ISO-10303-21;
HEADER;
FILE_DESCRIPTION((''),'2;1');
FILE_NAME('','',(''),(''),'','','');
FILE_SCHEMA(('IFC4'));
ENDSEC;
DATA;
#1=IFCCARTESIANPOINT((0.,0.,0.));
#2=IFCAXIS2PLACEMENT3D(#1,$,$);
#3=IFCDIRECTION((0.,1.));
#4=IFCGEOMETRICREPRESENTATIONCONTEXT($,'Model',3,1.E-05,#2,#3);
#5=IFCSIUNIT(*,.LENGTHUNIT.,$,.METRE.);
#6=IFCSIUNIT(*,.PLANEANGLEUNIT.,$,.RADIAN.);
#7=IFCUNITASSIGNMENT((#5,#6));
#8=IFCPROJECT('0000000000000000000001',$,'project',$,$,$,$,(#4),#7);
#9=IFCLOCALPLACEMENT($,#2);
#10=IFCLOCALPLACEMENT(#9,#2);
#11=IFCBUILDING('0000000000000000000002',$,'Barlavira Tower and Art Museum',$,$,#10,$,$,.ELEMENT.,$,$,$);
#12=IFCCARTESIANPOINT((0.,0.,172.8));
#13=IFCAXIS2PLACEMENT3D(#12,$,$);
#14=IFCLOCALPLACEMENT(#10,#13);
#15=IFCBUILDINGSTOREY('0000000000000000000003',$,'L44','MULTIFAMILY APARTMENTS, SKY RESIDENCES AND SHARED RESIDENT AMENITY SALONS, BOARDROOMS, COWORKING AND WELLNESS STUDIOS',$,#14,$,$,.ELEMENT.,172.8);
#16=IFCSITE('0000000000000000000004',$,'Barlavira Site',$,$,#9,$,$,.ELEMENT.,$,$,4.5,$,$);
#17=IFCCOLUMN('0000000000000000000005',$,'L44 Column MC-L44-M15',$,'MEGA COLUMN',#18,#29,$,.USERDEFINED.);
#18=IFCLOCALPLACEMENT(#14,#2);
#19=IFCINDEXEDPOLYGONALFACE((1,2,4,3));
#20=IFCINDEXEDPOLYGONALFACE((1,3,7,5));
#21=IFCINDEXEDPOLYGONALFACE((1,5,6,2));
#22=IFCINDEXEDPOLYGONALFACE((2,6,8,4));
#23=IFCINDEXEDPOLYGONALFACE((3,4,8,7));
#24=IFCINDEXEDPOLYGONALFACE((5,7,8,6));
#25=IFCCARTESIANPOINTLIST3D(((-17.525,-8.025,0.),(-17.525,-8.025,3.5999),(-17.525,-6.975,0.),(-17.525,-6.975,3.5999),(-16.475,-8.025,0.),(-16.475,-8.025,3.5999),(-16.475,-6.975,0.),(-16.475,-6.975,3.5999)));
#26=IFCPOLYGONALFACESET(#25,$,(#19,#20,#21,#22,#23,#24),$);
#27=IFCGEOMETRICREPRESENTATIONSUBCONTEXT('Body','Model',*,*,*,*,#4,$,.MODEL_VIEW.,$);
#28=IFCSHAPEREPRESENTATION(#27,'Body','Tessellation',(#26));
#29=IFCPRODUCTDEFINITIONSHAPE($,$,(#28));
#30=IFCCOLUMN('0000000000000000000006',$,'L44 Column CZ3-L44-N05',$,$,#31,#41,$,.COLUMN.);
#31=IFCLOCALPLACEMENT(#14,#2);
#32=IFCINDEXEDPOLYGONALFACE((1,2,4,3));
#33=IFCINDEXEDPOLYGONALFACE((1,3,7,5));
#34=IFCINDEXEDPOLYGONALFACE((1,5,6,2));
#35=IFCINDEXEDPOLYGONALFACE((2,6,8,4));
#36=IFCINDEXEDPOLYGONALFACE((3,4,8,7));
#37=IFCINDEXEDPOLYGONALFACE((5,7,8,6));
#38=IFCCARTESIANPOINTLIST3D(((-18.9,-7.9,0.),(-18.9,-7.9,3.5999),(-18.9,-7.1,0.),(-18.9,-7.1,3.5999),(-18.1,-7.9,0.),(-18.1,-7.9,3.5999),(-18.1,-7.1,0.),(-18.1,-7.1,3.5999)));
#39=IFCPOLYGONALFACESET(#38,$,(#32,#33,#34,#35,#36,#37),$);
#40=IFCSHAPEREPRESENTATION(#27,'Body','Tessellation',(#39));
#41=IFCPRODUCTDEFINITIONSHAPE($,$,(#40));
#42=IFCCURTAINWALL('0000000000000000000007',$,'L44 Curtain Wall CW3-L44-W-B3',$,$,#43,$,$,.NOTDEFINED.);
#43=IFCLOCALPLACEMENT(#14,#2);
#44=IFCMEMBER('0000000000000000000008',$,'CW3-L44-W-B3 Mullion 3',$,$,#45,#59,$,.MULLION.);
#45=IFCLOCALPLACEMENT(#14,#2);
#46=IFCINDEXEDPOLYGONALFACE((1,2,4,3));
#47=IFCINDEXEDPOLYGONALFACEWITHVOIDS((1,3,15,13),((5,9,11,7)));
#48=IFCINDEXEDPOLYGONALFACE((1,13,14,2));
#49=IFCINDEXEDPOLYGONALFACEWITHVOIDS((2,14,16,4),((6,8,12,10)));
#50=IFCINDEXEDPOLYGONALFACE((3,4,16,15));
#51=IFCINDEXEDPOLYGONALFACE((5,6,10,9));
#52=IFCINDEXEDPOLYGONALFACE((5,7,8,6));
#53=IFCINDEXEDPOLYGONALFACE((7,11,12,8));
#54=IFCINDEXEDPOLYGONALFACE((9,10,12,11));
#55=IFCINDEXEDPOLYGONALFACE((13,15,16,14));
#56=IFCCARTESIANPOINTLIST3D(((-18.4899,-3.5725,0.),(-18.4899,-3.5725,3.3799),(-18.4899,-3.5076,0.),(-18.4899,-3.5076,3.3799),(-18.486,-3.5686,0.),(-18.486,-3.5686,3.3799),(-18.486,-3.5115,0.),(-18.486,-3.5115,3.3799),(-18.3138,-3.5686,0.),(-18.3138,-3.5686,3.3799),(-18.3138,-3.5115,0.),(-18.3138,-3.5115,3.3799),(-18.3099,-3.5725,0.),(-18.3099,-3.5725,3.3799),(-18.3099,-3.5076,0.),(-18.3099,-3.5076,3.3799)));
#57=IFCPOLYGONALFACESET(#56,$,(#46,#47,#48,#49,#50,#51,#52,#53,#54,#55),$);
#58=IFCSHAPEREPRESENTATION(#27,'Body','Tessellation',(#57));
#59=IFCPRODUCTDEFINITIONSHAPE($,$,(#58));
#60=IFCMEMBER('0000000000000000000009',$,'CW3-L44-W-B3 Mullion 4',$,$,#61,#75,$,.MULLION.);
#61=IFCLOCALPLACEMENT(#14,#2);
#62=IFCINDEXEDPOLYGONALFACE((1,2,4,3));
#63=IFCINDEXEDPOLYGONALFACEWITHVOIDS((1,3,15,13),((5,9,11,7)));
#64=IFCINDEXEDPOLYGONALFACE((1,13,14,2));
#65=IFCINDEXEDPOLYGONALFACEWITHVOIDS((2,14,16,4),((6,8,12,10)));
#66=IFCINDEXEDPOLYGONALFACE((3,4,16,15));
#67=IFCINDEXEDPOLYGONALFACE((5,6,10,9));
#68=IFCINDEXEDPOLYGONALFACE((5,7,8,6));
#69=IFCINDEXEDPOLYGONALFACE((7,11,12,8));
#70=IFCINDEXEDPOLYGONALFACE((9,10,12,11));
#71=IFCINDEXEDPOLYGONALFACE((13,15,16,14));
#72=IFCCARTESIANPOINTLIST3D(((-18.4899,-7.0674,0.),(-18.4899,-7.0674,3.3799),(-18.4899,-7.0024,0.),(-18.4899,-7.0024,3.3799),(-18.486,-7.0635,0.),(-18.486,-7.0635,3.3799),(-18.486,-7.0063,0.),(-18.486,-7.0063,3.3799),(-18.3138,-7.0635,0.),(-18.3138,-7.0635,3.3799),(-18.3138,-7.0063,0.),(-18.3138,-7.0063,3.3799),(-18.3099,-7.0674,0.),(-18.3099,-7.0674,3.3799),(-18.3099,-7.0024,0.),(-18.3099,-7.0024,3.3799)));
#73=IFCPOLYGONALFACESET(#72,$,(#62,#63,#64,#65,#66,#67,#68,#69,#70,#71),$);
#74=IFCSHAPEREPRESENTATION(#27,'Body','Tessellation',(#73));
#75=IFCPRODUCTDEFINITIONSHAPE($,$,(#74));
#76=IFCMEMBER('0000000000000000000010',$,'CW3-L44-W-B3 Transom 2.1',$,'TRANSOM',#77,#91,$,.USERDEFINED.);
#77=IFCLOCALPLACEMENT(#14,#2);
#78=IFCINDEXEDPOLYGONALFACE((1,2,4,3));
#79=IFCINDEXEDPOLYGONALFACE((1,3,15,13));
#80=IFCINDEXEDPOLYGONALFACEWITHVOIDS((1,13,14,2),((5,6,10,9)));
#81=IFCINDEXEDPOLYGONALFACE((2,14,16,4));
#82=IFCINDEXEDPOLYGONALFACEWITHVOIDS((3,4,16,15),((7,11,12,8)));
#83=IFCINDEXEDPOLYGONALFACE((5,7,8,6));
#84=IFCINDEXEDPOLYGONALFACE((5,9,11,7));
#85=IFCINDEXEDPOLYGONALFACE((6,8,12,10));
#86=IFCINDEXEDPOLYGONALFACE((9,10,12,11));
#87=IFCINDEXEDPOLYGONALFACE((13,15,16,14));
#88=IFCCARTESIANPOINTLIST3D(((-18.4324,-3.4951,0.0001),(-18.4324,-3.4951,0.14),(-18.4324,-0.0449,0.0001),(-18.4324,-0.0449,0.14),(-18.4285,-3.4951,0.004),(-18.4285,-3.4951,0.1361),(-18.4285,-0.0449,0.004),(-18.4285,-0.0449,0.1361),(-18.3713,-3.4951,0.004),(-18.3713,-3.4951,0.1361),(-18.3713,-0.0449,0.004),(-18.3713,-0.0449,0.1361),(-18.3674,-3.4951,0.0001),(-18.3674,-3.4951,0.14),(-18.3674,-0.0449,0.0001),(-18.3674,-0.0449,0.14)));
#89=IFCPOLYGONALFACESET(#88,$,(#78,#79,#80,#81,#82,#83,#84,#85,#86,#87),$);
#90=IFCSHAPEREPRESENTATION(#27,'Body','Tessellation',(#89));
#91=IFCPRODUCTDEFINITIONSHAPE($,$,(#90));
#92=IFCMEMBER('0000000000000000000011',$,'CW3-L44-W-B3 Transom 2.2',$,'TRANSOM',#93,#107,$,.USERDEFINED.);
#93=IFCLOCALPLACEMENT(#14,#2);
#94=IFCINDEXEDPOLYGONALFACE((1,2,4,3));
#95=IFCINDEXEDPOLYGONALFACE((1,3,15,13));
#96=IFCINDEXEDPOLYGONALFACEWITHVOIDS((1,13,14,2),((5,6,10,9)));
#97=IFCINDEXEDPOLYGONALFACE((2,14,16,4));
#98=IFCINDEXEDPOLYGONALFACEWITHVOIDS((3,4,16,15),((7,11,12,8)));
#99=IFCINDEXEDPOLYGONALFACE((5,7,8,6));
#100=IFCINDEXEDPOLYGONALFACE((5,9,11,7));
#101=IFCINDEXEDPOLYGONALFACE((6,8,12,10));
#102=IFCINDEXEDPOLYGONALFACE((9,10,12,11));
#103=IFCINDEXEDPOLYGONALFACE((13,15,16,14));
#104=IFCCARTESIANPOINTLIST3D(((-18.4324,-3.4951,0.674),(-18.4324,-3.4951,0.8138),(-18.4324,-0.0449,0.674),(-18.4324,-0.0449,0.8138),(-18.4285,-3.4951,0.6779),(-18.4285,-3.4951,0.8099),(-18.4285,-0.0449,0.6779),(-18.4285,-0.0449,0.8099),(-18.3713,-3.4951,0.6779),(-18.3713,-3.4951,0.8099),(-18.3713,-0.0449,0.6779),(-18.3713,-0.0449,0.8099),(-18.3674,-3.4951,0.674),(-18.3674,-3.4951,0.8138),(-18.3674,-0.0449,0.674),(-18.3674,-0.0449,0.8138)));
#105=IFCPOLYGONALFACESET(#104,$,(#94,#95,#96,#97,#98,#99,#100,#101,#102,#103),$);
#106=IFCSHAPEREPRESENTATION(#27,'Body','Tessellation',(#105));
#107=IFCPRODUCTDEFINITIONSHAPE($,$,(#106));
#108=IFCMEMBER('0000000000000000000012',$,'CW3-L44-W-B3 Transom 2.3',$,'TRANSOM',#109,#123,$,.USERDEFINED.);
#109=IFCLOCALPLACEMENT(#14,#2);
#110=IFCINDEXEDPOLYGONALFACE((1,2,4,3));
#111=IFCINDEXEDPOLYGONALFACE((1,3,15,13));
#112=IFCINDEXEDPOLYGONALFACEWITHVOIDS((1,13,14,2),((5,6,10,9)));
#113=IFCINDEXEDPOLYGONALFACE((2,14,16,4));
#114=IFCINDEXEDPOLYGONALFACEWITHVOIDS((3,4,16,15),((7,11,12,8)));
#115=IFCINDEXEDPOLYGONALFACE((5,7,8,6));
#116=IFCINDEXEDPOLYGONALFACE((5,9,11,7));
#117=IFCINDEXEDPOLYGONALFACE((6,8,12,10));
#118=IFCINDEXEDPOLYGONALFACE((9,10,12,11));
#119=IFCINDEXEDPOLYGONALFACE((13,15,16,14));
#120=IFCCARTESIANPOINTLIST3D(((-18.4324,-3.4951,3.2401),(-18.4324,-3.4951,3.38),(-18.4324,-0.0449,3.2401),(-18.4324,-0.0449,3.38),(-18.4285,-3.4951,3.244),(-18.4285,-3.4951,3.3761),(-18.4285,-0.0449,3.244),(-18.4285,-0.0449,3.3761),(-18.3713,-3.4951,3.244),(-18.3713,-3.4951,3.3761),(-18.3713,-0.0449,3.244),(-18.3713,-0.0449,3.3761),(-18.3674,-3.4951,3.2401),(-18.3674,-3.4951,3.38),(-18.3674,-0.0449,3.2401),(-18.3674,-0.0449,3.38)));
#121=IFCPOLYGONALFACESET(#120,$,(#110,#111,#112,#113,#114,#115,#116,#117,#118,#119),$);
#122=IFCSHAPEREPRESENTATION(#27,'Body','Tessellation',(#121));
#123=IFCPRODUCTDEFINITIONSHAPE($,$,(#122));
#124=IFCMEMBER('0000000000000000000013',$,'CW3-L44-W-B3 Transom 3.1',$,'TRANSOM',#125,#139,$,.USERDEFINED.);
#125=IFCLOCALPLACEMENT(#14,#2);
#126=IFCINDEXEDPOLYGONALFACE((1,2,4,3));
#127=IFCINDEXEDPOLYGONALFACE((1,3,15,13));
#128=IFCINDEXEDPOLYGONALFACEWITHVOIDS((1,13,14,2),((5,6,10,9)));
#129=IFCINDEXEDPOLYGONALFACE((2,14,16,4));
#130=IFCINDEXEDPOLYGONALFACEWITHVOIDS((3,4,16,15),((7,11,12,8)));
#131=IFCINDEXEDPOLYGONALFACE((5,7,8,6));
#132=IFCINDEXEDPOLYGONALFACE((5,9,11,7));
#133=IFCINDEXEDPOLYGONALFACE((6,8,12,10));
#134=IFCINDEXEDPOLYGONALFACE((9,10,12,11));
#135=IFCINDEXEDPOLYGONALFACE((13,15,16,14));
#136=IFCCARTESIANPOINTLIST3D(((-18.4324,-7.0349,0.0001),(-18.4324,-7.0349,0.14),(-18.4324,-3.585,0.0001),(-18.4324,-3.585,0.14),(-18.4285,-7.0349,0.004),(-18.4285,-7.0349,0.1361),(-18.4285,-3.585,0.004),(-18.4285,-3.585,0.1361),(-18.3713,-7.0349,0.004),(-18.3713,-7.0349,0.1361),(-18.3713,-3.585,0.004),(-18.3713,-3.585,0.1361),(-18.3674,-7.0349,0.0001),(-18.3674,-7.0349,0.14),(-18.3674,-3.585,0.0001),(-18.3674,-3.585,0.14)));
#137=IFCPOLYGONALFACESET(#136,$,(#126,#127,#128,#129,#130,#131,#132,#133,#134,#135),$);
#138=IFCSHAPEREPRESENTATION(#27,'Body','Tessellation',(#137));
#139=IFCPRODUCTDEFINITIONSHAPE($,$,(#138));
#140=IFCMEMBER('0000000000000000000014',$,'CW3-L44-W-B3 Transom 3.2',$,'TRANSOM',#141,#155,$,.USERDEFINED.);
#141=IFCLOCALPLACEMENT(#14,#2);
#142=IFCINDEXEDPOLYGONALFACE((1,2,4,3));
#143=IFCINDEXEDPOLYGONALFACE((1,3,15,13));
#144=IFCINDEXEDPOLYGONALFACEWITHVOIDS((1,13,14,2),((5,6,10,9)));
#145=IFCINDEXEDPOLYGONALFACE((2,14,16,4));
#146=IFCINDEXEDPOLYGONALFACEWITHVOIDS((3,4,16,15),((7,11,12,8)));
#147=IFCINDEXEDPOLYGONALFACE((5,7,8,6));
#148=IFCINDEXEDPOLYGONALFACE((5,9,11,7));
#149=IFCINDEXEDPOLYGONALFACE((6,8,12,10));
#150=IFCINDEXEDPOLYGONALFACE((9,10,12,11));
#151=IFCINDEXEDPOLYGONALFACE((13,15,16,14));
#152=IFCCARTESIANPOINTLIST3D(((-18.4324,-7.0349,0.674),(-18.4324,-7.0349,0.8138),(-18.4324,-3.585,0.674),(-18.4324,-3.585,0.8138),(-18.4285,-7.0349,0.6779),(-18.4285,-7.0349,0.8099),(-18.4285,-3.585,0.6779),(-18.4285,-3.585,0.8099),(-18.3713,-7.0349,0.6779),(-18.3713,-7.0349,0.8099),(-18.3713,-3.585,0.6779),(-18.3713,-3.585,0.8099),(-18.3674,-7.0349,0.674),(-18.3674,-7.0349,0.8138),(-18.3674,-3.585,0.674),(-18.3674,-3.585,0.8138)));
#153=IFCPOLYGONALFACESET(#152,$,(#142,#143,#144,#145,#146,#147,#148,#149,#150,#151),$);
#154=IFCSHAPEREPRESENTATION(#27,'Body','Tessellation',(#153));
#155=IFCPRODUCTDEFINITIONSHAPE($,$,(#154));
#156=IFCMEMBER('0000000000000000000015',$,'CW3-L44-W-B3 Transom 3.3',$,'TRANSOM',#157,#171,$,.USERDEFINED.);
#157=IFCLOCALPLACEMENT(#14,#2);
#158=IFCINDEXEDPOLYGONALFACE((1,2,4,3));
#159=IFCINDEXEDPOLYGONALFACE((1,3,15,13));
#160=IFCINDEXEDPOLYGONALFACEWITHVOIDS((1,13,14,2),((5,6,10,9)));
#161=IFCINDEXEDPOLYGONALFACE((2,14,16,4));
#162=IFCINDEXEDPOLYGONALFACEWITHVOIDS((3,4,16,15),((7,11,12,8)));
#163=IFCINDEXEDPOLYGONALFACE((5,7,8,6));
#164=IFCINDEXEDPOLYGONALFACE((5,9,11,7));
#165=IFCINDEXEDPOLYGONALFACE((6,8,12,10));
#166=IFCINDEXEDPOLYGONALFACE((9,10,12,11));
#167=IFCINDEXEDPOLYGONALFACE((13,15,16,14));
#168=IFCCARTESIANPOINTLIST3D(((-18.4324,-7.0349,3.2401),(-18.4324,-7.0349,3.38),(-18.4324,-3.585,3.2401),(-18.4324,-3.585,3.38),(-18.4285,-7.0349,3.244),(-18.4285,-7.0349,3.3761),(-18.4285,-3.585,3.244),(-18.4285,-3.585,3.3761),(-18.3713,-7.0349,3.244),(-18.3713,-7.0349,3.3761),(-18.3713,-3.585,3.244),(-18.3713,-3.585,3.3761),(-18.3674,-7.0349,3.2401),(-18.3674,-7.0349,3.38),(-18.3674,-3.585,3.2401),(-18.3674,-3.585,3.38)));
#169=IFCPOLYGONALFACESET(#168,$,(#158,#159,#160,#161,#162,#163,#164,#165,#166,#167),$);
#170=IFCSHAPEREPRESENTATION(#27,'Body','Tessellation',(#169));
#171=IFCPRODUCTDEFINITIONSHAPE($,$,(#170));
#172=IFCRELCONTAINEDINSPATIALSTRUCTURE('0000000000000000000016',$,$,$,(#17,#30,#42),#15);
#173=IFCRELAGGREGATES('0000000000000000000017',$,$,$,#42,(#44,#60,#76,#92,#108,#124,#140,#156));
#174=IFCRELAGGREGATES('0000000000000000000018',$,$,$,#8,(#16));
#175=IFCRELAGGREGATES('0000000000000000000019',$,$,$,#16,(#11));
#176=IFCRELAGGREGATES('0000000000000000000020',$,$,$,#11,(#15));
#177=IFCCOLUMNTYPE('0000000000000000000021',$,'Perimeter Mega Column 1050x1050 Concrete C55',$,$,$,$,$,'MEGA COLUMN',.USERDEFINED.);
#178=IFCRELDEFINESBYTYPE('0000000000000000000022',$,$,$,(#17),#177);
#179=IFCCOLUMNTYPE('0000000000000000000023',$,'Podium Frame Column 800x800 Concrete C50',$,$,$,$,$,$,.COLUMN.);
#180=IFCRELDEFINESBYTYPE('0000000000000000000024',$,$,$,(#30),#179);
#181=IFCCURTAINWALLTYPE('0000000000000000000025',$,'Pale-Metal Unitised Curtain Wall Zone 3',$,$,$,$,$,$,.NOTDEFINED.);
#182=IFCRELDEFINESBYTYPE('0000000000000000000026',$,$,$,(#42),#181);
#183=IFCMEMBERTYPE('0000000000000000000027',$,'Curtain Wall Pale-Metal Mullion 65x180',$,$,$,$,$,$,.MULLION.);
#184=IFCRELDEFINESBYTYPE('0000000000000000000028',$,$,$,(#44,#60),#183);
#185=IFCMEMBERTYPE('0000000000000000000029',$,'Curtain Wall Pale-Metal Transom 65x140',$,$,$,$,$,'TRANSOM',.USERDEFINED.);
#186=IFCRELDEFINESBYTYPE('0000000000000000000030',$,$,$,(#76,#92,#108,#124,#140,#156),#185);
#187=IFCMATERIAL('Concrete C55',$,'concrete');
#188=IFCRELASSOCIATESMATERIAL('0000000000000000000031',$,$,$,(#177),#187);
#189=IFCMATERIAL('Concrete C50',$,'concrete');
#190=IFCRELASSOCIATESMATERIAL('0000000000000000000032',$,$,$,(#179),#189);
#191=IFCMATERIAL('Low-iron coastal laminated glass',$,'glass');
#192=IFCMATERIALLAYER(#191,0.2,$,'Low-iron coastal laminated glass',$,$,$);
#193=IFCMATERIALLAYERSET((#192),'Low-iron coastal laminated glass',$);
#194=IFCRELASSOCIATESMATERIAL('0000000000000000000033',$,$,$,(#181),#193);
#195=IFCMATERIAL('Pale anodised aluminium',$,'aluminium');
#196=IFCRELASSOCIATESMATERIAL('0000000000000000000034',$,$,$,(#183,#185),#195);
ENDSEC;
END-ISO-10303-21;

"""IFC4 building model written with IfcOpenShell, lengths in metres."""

from ifc_helpers import new_model, si_unit, direction, frame, origin, origin_2d, place, context, subcontext, project, spatial, rectangle, hollow_rectangle, extrude, material, layer, layer_set, material_profile, profile_set, type_object, element, aggregate, save


model = new_model("IFC4")

# Units and contexts
model_context = context("Model", 3, precision=1e-05, world=origin(), true_north=direction((0.0, 1.0)))
body_context = subcontext(model_context, "Body", "Model", "MODEL_VIEW")
ifc_project = project(units=[si_unit("LENGTHUNIT", "METRE"), si_unit("PLANEANGLEUNIT", "RADIAN")], contexts=[model_context])

# Site, building, storey
site_placement = place(None, origin())
site = spatial("IfcSite", under=ifc_project, at=site_placement, Name="Barlavira Site", CompositionType="ELEMENT", RefElevation=4.5)
building_placement = place(site_placement, origin())
building = spatial("IfcBuilding", under=site, at=building_placement, Name="Barlavira Tower and Art Museum", CompositionType="ELEMENT")
storey_placement = place(building_placement, frame((0.0, 0.0, 172.8)))
storey = spatial("IfcBuildingStorey", under=building, at=storey_placement, Name="L44", Description="MULTIFAMILY APARTMENTS, SKY RESIDENCES AND SHARED RESIDENT AMENITY SALONS, BOARDROOMS, COWORKING AND WELLNESS STUDIOS", CompositionType="ELEMENT", Elevation=172.8)

# Columns
ifc_material_1 = material(Name="Concrete C55", Category="concrete")
ifc_material_profile_1 = material_profile(ifc_material_1, rectangle(XDim=1.05, YDim=1.05, at=origin_2d()), Name="RC-COL 1050x1050")
ifc_profile_set_1 = profile_set([ifc_material_profile_1], Name="Concrete C55")
column_type_1 = type_object("IfcColumnType", Name="Perimeter Mega Column 1050x1050 Concrete C55", ElementType="MEGA COLUMN", PredefinedType="USERDEFINED", material=ifc_profile_set_1)
column_1_placement = place(storey_placement, frame((-17.0, -7.5, 0.0), z_axis=(0.0, 0.0, 1.0), x_axis=(1.0, 0.0, 0.0)))
element("IfcColumn", 1, at=column_1_placement, inside=storey, type_object=column_type_1, Name="L44 Column MC-L44-M15", ObjectType="MEGA COLUMN", PredefinedType="USERDEFINED", context=body_context, shape_type="SweptSolid", body=[
    extrude(rectangle(XDim=1.05, YDim=1.05, at=origin_2d()), origin(), (0.0, 0.0, 1.0), 3.5999),
])
ifc_material_2 = material(Name="Concrete C50", Category="concrete")
ifc_material_profile_2 = material_profile(ifc_material_2, rectangle(XDim=0.8, YDim=0.8, at=origin_2d()), Name="RC-COL 800x800")
ifc_profile_set_2 = profile_set([ifc_material_profile_2], Name="Concrete C50")
column_type_2 = type_object("IfcColumnType", Name="Podium Frame Column 800x800 Concrete C50", PredefinedType="COLUMN", material=ifc_profile_set_2)
column_2_placement = place(storey_placement, frame((-18.5, -7.5, 0.0), z_axis=(0.0, 0.0, 1.0), x_axis=(1.0, 0.0, 0.0)))
element("IfcColumn", 2, at=column_2_placement, inside=storey, type_object=column_type_2, Name="L44 Column CZ3-L44-N05", PredefinedType="COLUMN", context=body_context, shape_type="SweptSolid", body=[
    extrude(rectangle(XDim=0.8, YDim=0.8, at=origin_2d()), origin(), (0.0, 0.0, 1.0), 3.5999),
])

# Curtain wall, members
ifc_material_3 = material(Name="Low-iron coastal laminated glass", Category="glass")
ifc_layer_1 = layer(ifc_material_3, 0.2, Name="Low-iron coastal laminated glass")
ifc_layer_set_1 = layer_set([ifc_layer_1], Name="Low-iron coastal laminated glass")
curtain_wall_type = type_object("IfcCurtainWallType", Name="Pale-Metal Unitised Curtain Wall Zone 3", PredefinedType="NOTDEFINED", material=ifc_layer_set_1)
curtain_wall_placement = place(storey_placement, origin())
curtain_wall = element("IfcCurtainWall", 3, at=curtain_wall_placement, inside=storey, type_object=curtain_wall_type, Name="L44 Curtain Wall CW3-L44-W-B3", PredefinedType="NOTDEFINED")
ifc_material_4 = material(Name="Pale anodised aluminium", Category="aluminium")
ifc_material_profile_3 = material_profile(ifc_material_4, hollow_rectangle(XDim=0.0649, YDim=0.1799, WallThickness=0.0039, at=origin_2d()), Name="ALU-MULL 65x180x4")
ifc_profile_set_3 = profile_set([ifc_material_profile_3], Name="Pale anodised aluminium")
member_type_1 = type_object("IfcMemberType", Name="Curtain Wall Pale-Metal Mullion 65x180", PredefinedType="MULLION", material=ifc_profile_set_3)
member_1_placement = place(storey_placement, frame((-18.3999, -3.54, 0.0), z_axis=(0.0, 0.0, 1.0), x_axis=(0.0, -1.0, 0.0)))
member_1 = element("IfcMember", 4, at=member_1_placement, type_object=member_type_1, Name="CW3-L44-W-B3 Mullion 3", PredefinedType="MULLION", context=body_context, shape_type="SweptSolid", body=[
    extrude(hollow_rectangle(XDim=0.0649, YDim=0.1799, WallThickness=0.0039, at=origin_2d()), origin(), (0.0, 0.0, 1.0), 3.3799),
])
member_2_placement = place(storey_placement, frame((-18.3999, -7.0349, 0.0), z_axis=(0.0, 0.0, 1.0), x_axis=(0.0, -1.0, 0.0)))
member_2 = element("IfcMember", 5, at=member_2_placement, type_object=member_type_1, Name="CW3-L44-W-B3 Mullion 4", PredefinedType="MULLION", context=body_context, shape_type="SweptSolid", body=[
    extrude(hollow_rectangle(XDim=0.0649, YDim=0.1799, WallThickness=0.0039, at=origin_2d()), origin(), (0.0, 0.0, 1.0), 3.3799),
])
ifc_material_profile_4 = material_profile(ifc_material_4, hollow_rectangle(XDim=0.0649, YDim=0.1399, WallThickness=0.0039, at=origin_2d()), Name="ALU-TRAN 65x140x4")
ifc_profile_set_4 = profile_set([ifc_material_profile_4], Name="Pale anodised aluminium")
member_type_2 = type_object("IfcMemberType", Name="Curtain Wall Pale-Metal Transom 65x140", ElementType="TRANSOM", PredefinedType="USERDEFINED", material=ifc_profile_set_4)
member_3_placement = place(storey_placement, frame((-18.3999, -0.0449, 0.0701), z_axis=(0.0, -1.0, 0.0), x_axis=(1.0, 0.0, 0.0)))
member_3 = element("IfcMember", 6, at=member_3_placement, type_object=member_type_2, Name="CW3-L44-W-B3 Transom 2.1", ObjectType="TRANSOM", PredefinedType="USERDEFINED", context=body_context, shape_type="SweptSolid", body=[
    extrude(hollow_rectangle(XDim=0.0649, YDim=0.1399, WallThickness=0.0039, at=origin_2d()), origin(), (0.0, 0.0, 1.0), 3.4502),
])
member_4_placement = place(storey_placement, frame((-18.3999, -0.0449, 0.7439), z_axis=(0.0, -1.0, 0.0), x_axis=(1.0, 0.0, 0.0)))
member_4 = element("IfcMember", 7, at=member_4_placement, type_object=member_type_2, Name="CW3-L44-W-B3 Transom 2.2", ObjectType="TRANSOM", PredefinedType="USERDEFINED", context=body_context, shape_type="SweptSolid", body=[
    extrude(hollow_rectangle(XDim=0.0649, YDim=0.1399, WallThickness=0.0039, at=origin_2d()), origin(), (0.0, 0.0, 1.0), 3.4502),
])
member_5_placement = place(storey_placement, frame((-18.3999, -0.0449, 3.3101), z_axis=(0.0, -1.0, 0.0), x_axis=(1.0, 0.0, 0.0)))
member_5 = element("IfcMember", 8, at=member_5_placement, type_object=member_type_2, Name="CW3-L44-W-B3 Transom 2.3", ObjectType="TRANSOM", PredefinedType="USERDEFINED", context=body_context, shape_type="SweptSolid", body=[
    extrude(hollow_rectangle(XDim=0.0649, YDim=0.1399, WallThickness=0.0039, at=origin_2d()), origin(), (0.0, 0.0, 1.0), 3.4502),
])
member_6_placement = place(storey_placement, frame((-18.3999, -3.585, 0.0701), z_axis=(0.0, -1.0, 0.0), x_axis=(1.0, 0.0, 0.0)))
member_6 = element("IfcMember", 9, at=member_6_placement, type_object=member_type_2, Name="CW3-L44-W-B3 Transom 3.1", ObjectType="TRANSOM", PredefinedType="USERDEFINED", context=body_context, shape_type="SweptSolid", body=[
    extrude(hollow_rectangle(XDim=0.0649, YDim=0.1399, WallThickness=0.0039, at=origin_2d()), origin(), (0.0, 0.0, 1.0), 3.45),
])
member_7_placement = place(storey_placement, frame((-18.3999, -3.585, 0.7439), z_axis=(0.0, -1.0, 0.0), x_axis=(1.0, 0.0, 0.0)))
member_7 = element("IfcMember", 10, at=member_7_placement, type_object=member_type_2, Name="CW3-L44-W-B3 Transom 3.2", ObjectType="TRANSOM", PredefinedType="USERDEFINED", context=body_context, shape_type="SweptSolid", body=[
    extrude(hollow_rectangle(XDim=0.0649, YDim=0.1399, WallThickness=0.0039, at=origin_2d()), origin(), (0.0, 0.0, 1.0), 3.45),
])
member_8_placement = place(storey_placement, frame((-18.3999, -3.585, 3.3101), z_axis=(0.0, -1.0, 0.0), x_axis=(1.0, 0.0, 0.0)))
member_8 = element("IfcMember", 11, at=member_8_placement, type_object=member_type_2, Name="CW3-L44-W-B3 Transom 3.3", ObjectType="TRANSOM", PredefinedType="USERDEFINED", context=body_context, shape_type="SweptSolid", body=[
    extrude(hollow_rectangle(XDim=0.0649, YDim=0.1399, WallThickness=0.0039, at=origin_2d()), origin(), (0.0, 0.0, 1.0), 3.45),
])

aggregate(curtain_wall, [member_1, member_2, member_3, member_4, member_5, member_6, member_7, member_8])

save(model, "model.ifc")
